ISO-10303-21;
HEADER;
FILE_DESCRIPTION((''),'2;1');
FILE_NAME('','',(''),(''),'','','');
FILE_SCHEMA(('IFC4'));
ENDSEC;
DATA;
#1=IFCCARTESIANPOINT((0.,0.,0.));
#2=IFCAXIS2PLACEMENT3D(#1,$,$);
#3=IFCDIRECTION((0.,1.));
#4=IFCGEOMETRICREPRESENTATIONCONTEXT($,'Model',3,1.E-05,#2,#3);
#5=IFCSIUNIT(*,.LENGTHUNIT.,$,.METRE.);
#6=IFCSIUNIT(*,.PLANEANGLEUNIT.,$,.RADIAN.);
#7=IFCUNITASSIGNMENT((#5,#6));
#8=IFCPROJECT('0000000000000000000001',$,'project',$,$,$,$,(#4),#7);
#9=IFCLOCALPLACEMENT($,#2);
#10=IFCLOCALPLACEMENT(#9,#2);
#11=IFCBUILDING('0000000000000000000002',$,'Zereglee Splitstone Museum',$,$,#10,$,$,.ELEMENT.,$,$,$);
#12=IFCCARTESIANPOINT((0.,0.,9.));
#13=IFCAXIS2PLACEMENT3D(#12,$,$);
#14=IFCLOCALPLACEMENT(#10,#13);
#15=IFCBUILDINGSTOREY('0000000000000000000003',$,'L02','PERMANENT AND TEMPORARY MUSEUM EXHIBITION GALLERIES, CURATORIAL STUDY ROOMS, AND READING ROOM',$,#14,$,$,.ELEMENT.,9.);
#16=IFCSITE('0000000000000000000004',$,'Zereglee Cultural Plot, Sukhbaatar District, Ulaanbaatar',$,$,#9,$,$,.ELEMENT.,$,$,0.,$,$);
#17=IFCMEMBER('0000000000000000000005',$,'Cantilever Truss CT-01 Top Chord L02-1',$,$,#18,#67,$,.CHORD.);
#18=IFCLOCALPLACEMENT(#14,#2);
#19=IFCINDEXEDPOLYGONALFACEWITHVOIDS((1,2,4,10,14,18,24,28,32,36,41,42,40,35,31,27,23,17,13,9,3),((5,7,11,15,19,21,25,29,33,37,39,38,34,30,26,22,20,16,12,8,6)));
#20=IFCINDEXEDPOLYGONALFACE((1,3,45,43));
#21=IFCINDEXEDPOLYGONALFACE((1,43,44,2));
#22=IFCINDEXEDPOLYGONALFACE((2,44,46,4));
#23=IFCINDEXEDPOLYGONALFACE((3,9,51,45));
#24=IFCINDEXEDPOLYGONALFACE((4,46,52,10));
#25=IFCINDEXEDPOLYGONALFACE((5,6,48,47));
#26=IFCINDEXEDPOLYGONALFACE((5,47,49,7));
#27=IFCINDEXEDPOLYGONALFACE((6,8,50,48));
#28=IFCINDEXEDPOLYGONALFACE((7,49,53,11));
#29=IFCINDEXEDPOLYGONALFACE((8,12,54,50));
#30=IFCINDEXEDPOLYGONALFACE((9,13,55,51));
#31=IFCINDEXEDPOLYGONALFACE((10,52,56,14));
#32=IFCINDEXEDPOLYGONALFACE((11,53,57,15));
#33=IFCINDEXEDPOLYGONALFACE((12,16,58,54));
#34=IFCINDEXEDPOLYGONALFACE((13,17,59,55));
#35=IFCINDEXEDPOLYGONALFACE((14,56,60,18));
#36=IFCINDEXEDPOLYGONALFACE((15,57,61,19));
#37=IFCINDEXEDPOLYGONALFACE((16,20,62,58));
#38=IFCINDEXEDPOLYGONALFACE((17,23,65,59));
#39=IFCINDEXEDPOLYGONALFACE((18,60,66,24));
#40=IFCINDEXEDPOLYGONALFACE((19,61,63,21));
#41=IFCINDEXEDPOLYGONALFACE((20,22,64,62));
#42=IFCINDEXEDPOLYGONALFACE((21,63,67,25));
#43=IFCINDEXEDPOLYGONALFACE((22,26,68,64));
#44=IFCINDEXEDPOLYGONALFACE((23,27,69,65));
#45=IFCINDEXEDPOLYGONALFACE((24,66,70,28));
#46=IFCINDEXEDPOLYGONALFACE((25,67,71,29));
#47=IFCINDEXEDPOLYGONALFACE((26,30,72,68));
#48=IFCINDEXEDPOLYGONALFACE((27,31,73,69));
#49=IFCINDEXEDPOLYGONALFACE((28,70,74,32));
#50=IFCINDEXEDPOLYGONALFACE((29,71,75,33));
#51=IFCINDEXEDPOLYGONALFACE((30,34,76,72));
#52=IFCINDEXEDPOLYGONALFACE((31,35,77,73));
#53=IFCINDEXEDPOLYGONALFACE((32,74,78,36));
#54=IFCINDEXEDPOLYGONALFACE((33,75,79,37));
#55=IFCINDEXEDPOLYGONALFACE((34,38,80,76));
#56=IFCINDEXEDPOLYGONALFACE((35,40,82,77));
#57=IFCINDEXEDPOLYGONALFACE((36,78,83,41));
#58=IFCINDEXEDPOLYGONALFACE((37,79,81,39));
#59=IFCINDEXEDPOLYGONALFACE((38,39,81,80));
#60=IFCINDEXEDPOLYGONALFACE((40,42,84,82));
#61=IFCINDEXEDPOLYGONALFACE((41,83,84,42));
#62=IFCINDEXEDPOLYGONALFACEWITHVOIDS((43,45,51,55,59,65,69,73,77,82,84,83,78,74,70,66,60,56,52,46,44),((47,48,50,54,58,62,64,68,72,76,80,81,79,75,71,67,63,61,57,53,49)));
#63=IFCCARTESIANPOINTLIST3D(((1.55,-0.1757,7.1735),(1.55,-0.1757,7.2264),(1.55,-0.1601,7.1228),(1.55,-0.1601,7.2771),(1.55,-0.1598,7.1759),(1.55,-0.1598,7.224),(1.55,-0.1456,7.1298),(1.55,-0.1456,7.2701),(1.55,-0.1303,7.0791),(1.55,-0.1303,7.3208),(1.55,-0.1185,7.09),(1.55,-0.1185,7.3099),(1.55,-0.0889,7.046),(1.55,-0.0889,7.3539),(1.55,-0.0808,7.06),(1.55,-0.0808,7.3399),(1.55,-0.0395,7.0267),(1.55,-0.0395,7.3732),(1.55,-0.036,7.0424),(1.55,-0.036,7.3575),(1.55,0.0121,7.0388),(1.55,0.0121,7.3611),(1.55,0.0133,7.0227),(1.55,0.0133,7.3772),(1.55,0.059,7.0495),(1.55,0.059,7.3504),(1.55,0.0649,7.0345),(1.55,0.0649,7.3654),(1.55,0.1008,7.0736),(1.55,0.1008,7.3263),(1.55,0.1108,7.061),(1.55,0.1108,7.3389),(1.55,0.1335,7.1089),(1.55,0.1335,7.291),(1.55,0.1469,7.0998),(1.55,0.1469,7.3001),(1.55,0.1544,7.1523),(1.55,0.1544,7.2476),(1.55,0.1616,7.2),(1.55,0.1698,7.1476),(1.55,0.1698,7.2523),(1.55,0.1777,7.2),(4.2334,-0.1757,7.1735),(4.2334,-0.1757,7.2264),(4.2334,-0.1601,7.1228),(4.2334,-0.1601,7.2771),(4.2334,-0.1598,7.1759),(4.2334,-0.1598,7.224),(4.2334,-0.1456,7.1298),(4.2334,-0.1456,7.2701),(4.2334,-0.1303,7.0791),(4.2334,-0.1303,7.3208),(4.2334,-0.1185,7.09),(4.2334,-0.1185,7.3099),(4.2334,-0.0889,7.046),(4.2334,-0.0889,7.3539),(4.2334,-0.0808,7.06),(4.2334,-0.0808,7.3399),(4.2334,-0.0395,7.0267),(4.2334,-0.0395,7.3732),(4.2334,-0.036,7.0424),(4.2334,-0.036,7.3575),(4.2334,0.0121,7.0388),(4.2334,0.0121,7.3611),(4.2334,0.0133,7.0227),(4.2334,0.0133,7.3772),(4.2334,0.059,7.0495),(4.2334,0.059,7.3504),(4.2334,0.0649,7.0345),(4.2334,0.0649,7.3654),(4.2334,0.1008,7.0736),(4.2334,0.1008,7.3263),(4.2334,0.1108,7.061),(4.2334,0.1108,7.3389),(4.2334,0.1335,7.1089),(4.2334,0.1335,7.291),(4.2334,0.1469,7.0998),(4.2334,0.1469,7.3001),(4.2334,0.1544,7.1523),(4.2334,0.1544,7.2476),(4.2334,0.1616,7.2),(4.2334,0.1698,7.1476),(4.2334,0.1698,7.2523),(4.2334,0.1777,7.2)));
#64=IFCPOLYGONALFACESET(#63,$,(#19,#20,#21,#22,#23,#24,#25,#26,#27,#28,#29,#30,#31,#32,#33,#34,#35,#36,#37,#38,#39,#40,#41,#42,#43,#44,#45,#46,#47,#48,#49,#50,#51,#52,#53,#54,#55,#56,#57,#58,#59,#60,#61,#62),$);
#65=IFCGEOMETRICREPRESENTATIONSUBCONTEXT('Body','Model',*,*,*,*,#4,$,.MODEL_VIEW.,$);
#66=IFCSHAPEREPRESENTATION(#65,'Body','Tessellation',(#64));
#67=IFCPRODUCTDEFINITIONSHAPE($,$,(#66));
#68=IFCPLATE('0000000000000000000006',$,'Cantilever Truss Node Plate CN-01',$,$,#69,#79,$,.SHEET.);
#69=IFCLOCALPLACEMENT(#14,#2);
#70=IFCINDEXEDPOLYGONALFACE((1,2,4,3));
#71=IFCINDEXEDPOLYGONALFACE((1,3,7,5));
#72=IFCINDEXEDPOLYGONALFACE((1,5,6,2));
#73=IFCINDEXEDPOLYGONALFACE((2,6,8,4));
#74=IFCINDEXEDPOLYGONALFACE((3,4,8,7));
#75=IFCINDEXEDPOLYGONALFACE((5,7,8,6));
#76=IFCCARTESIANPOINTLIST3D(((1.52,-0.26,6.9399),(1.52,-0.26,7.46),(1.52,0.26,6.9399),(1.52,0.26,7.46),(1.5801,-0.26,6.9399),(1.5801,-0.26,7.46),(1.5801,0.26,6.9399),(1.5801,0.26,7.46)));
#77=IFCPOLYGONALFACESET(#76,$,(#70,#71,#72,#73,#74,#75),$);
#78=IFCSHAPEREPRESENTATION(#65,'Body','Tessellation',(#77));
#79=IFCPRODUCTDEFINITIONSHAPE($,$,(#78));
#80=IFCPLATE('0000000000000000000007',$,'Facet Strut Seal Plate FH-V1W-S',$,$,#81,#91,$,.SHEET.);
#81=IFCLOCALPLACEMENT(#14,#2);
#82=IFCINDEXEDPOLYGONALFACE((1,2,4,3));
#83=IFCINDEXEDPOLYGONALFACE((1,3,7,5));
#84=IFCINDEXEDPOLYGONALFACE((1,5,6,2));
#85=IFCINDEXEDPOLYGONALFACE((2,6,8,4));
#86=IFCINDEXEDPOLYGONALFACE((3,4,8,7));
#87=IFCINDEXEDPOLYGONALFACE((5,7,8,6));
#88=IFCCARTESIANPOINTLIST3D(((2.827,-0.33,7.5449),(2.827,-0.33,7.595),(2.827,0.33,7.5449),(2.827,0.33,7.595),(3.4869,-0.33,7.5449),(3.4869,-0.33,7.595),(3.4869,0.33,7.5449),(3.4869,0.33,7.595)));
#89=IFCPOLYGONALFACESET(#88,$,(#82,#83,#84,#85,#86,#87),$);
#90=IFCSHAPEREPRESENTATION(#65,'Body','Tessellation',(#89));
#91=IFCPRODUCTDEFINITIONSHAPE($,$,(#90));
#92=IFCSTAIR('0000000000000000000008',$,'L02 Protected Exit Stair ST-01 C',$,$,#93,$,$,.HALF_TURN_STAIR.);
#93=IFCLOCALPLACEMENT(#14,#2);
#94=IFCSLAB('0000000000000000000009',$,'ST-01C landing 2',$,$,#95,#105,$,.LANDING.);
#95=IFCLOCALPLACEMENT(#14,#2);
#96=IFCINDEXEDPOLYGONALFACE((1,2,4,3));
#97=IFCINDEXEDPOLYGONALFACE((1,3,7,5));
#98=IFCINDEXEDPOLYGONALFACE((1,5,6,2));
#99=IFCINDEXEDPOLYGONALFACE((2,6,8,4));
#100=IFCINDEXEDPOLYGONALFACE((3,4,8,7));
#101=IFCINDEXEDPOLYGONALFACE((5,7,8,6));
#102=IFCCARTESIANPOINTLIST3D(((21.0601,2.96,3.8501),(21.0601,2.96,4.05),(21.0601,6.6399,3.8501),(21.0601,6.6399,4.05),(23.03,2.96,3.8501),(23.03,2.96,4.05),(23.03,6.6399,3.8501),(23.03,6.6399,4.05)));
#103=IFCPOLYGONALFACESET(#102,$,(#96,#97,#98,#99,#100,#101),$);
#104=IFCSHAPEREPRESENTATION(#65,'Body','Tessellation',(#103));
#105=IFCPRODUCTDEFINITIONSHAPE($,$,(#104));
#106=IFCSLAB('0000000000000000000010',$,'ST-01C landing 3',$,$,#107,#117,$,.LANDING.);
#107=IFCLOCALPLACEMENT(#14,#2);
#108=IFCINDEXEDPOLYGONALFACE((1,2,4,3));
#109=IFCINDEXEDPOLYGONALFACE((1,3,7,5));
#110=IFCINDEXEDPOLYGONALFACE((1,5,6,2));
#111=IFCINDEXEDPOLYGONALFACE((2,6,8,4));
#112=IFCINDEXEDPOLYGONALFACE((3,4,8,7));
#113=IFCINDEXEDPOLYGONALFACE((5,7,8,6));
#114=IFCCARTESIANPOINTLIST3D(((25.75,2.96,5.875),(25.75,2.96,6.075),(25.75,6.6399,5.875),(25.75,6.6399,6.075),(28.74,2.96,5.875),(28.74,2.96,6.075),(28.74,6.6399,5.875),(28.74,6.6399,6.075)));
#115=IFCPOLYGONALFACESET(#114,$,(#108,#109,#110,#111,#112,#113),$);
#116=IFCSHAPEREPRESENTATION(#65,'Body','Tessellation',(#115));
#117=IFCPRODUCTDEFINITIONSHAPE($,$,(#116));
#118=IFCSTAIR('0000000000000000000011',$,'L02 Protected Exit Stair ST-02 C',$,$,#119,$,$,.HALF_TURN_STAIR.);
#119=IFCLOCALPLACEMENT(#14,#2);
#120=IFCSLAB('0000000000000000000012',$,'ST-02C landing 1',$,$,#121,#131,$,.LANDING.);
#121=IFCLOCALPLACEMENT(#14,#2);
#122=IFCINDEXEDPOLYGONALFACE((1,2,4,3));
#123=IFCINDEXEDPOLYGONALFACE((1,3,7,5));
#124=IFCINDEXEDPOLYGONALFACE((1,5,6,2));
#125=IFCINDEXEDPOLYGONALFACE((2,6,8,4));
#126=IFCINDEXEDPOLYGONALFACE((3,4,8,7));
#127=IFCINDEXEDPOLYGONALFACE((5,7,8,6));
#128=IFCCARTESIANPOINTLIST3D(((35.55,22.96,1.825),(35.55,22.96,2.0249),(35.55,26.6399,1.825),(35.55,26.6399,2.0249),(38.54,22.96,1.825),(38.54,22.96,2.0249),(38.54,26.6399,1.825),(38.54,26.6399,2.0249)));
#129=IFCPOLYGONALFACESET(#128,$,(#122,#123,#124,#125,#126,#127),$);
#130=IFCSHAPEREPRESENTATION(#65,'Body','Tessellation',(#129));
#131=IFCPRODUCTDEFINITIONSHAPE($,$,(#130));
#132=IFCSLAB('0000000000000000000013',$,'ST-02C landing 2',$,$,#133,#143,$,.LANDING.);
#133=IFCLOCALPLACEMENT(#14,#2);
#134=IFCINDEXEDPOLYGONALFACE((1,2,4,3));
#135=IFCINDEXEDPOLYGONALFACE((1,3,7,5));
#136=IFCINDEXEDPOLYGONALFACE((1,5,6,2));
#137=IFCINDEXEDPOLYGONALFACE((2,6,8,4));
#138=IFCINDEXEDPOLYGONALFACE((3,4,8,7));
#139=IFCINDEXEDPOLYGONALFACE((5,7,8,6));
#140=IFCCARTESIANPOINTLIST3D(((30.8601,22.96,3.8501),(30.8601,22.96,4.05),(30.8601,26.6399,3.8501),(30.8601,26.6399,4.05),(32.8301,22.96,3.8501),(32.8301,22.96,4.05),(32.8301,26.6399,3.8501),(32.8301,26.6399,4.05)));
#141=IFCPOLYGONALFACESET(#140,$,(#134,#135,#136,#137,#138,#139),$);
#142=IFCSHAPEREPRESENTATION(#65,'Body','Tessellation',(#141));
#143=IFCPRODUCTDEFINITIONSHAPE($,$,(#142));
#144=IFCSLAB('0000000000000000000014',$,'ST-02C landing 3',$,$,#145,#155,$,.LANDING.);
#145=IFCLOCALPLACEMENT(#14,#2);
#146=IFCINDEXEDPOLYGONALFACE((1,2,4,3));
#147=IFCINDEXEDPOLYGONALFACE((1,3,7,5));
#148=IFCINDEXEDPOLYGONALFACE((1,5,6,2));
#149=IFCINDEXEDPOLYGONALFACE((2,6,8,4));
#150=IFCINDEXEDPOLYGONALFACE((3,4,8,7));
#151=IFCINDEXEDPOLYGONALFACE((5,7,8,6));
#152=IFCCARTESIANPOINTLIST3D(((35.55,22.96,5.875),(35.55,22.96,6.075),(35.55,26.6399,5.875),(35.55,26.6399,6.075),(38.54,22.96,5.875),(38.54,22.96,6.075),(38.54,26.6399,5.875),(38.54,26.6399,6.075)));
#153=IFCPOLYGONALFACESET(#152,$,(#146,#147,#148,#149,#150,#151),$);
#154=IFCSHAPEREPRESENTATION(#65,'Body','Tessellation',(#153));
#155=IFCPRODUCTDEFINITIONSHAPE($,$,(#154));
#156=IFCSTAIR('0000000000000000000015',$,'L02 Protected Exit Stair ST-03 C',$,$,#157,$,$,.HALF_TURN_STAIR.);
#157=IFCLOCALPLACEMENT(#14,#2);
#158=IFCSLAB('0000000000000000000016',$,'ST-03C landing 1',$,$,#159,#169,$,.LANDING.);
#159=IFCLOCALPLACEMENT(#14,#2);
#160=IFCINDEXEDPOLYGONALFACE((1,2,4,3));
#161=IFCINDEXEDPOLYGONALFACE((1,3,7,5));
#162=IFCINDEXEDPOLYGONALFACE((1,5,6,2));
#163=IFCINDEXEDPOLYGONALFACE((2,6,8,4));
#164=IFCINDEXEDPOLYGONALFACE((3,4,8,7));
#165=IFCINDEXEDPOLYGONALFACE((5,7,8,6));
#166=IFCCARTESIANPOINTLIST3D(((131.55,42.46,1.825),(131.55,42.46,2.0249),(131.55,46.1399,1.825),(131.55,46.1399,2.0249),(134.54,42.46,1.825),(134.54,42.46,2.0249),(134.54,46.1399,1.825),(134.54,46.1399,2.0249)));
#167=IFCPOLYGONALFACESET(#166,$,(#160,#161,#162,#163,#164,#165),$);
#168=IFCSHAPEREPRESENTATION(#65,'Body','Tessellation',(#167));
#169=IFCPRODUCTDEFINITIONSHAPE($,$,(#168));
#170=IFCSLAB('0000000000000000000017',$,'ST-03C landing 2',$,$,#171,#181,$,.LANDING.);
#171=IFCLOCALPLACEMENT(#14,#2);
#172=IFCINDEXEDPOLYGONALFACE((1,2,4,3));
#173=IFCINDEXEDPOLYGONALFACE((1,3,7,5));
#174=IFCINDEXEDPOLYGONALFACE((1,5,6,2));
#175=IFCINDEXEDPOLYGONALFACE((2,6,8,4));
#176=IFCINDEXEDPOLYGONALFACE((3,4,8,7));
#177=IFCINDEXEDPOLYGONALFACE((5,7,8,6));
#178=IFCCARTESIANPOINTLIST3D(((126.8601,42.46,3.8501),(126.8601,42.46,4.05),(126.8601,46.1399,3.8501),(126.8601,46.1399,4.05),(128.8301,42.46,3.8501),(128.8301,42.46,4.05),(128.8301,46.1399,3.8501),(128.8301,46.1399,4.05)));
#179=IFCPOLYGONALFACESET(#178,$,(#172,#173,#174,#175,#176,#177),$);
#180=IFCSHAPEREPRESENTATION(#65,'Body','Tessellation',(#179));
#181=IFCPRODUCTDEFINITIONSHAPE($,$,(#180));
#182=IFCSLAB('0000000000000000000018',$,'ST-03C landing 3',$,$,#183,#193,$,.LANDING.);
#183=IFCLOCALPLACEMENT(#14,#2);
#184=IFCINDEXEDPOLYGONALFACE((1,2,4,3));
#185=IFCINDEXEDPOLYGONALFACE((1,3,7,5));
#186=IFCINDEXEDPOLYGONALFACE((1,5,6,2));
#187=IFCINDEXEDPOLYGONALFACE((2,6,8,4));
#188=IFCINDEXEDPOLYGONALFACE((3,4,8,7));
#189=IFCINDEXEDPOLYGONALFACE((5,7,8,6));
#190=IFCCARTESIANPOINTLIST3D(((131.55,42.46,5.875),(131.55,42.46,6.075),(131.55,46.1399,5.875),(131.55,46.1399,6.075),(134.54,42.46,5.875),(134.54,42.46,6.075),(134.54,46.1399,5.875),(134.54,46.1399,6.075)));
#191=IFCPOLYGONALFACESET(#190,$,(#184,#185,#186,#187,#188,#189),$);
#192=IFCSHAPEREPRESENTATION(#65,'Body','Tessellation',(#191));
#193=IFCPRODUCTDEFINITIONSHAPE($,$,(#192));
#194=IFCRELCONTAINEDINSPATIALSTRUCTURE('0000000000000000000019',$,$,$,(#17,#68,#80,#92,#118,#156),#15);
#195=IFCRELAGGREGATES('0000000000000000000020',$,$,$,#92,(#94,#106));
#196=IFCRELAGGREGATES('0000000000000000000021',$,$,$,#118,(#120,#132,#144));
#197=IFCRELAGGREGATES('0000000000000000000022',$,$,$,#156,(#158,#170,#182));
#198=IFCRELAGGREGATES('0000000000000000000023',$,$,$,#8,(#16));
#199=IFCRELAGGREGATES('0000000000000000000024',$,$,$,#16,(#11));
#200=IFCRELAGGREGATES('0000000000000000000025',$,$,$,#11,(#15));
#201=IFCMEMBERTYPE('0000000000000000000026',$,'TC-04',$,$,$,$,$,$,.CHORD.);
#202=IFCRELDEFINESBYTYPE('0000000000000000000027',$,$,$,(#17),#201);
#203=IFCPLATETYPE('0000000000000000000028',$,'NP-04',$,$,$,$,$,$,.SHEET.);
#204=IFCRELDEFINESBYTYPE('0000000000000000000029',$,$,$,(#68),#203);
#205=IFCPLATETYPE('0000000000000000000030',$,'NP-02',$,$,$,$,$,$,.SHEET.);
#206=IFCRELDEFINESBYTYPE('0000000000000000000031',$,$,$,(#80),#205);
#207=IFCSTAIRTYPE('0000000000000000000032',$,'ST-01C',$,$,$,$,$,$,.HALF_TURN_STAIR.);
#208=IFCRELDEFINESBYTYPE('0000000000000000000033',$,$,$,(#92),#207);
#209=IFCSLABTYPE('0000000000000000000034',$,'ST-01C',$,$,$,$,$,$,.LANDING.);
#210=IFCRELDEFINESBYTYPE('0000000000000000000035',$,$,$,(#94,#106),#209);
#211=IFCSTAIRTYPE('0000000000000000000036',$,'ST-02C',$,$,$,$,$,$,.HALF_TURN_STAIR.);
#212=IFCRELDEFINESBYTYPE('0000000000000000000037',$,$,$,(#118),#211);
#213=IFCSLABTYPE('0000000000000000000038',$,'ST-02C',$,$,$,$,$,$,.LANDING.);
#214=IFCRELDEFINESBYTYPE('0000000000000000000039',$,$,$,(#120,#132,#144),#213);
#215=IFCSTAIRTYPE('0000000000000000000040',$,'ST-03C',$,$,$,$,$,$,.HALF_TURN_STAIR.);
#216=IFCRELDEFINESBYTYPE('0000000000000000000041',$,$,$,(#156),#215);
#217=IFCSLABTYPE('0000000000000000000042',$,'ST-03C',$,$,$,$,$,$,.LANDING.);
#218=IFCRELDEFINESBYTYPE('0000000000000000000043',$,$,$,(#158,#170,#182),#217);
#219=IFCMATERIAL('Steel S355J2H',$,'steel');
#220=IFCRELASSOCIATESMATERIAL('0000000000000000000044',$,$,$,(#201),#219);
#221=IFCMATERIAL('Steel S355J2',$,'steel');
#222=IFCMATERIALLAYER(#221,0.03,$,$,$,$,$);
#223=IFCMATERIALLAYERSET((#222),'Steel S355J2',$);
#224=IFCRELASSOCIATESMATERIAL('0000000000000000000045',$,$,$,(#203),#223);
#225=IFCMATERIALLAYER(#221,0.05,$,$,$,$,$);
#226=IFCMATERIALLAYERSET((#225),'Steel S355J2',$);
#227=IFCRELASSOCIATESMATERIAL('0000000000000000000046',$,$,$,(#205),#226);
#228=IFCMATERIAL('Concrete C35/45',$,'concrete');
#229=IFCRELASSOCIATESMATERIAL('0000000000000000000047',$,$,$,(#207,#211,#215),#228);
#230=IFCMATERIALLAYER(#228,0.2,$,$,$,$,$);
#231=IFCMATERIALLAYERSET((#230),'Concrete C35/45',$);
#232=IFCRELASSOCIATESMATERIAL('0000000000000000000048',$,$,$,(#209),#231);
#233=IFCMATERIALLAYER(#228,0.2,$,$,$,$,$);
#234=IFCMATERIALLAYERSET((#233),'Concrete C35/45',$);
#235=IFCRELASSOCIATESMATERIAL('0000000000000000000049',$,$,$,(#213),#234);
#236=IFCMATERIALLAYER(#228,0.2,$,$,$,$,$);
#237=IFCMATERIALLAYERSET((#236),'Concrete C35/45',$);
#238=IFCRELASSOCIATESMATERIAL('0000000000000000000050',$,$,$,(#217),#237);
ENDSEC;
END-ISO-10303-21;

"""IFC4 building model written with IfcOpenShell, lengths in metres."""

from ifc_helpers import new_model, si_unit, direction, frame, origin, origin_2d, place, context, subcontext, project, spatial, polyline, rectangle, hollow_circle, outline, extrude, material, layer, layer_set, material_profile, profile_set, type_object, element, aggregate, save


model = new_model("IFC4")

# Units and contexts
model_context = context("Model", 3, precision=1e-05, world=origin(), true_north=direction((0.0, 1.0)))
body_context = subcontext(model_context, "Body", "Model", "MODEL_VIEW")
ifc_project = project(units=[si_unit("LENGTHUNIT", "METRE"), si_unit("PLANEANGLEUNIT", "RADIAN")], contexts=[model_context])

# Site, building, storey
site_placement = place(None, origin())
site = spatial("IfcSite", under=ifc_project, at=site_placement, Name="Zereglee Cultural Plot, Sukhbaatar District, Ulaanbaatar", CompositionType="ELEMENT", RefElevation=0.0)
building_placement = place(site_placement, origin())
building = spatial("IfcBuilding", under=site, at=building_placement, Name="Zereglee Splitstone Museum", CompositionType="ELEMENT")
storey_placement = place(building_placement, frame((0.0, 0.0, 9.0)))
storey = spatial("IfcBuildingStorey", under=building, at=storey_placement, Name="L02", Description="PERMANENT AND TEMPORARY MUSEUM EXHIBITION GALLERIES, CURATORIAL STUDY ROOMS, AND READING ROOM", CompositionType="ELEMENT", Elevation=9.0)

# Member
ifc_material_1 = material(Name="Steel S355J2H", Category="steel")
ifc_material_profile = material_profile(ifc_material_1, hollow_circle(Radius=0.1777, WallThickness=0.0161, at=origin_2d()), Name="CHS 355.6x16")
ifc_profile_set = profile_set([ifc_material_profile], Name="Steel S355J2H")
member_type = type_object("IfcMemberType", Name="TC-04", PredefinedType="CHORD", material=ifc_profile_set)
member_placement = place(storey_placement, frame((1.55, 0.0, 7.2), z_axis=(1.0, 0.0, 0.0), x_axis=(0.0, 1.0, 0.0)))
element("IfcMember", 1, at=member_placement, inside=storey, type_object=member_type, Name="Cantilever Truss CT-01 Top Chord L02-1", PredefinedType="CHORD", context=body_context, shape_type="SweptSolid", body=[
    extrude(hollow_circle(Radius=0.1777, WallThickness=0.0161, at=origin_2d()), origin(), (0.0, 0.0, 1.0), 2.6833),
])

# Plates
ifc_material_2 = material(Name="Steel S355J2", Category="steel")
ifc_layer_1 = layer(ifc_material_2, 0.03)
ifc_layer_set_1 = layer_set([ifc_layer_1], Name="Steel S355J2")
plate_type_1 = type_object("IfcPlateType", Name="NP-04", PredefinedType="SHEET", material=ifc_layer_set_1)
plate_1_placement = place(storey_placement, frame((1.55, 0.0, 6.9399), z_axis=(0.0, 0.0, 1.0), x_axis=(1.0, 0.0, 0.0)))
element("IfcPlate", 2, at=plate_1_placement, inside=storey, type_object=plate_type_1, Name="Cantilever Truss Node Plate CN-01", PredefinedType="SHEET", context=body_context, shape_type="SweptSolid", body=[
    extrude(rectangle(XDim=0.0601, YDim=0.52, at=origin_2d()), origin(), (0.0, 0.0, 1.0), 0.52),
])
ifc_layer_2 = layer(ifc_material_2, 0.05)
ifc_layer_set_2 = layer_set([ifc_layer_2], Name="Steel S355J2")
plate_type_2 = type_object("IfcPlateType", Name="NP-02", PredefinedType="SHEET", material=ifc_layer_set_2)
plate_2_placement = place(storey_placement, frame((3.157, 0.0, 7.5449), z_axis=(0.0, 0.0, 1.0), x_axis=(1.0, 0.0, 0.0)))
element("IfcPlate", 3, at=plate_2_placement, inside=storey, type_object=plate_type_2, Name="Facet Strut Seal Plate FH-V1W-S", PredefinedType="SHEET", context=body_context, shape_type="SweptSolid", body=[
    extrude(rectangle(XDim=0.6599, YDim=0.6599, at=origin_2d()), origin(), (0.0, 0.0, 1.0), 0.05),
])

# Stairs, slabs
ifc_material_3 = material(Name="Concrete C35/45", Category="concrete")
stair_type_1 = type_object("IfcStairType", Name="ST-01C", PredefinedType="HALF_TURN_STAIR", material=ifc_material_3)
stair_1_placement = place(storey_placement, origin())
stair_1 = element("IfcStair", 4, at=stair_1_placement, inside=storey, type_object=stair_type_1, Name="L02 Protected Exit Stair ST-01 C", PredefinedType="HALF_TURN_STAIR")
ifc_layer_3 = layer(ifc_material_3, 0.2)
ifc_layer_set_3 = layer_set([ifc_layer_3], Name="Concrete C35/45")
slab_type_1 = type_object("IfcSlabType", Name="ST-01C", PredefinedType="LANDING", material=ifc_layer_set_3)
slab_1_placement = place(storey_placement, frame((0.0, 0.0, 3.8501)))
slab_1 = element("IfcSlab", 5, at=slab_1_placement, type_object=slab_type_1, Name="ST-01C landing 2", PredefinedType="LANDING", context=body_context, shape_type="SweptSolid", body=[
    extrude(outline(polyline([(21.0601, 2.96), (23.03, 2.96), (23.03, 6.6399), (21.0601, 6.6399), (21.0601, 2.96)])), origin(), (0.0, 0.0, 1.0), 0.2),
])
slab_2_placement = place(storey_placement, frame((0.0, 0.0, 5.875)))
slab_2 = element("IfcSlab", 6, at=slab_2_placement, type_object=slab_type_1, Name="ST-01C landing 3", PredefinedType="LANDING", context=body_context, shape_type="SweptSolid", body=[
    extrude(outline(polyline([(25.75, 2.96), (28.74, 2.96), (28.74, 6.6399), (25.75, 6.6399), (25.75, 2.96)])), origin(), (0.0, 0.0, 1.0), 0.2),
])
aggregate(stair_1, [slab_1, slab_2])
stair_type_2 = type_object("IfcStairType", Name="ST-02C", PredefinedType="HALF_TURN_STAIR", material=ifc_material_3)
stair_2_placement = place(storey_placement, origin())
stair_2 = element("IfcStair", 7, at=stair_2_placement, inside=storey, type_object=stair_type_2, Name="L02 Protected Exit Stair ST-02 C", PredefinedType="HALF_TURN_STAIR")
ifc_layer_4 = layer(ifc_material_3, 0.2)
ifc_layer_set_4 = layer_set([ifc_layer_4], Name="Concrete C35/45")
slab_type_2 = type_object("IfcSlabType", Name="ST-02C", PredefinedType="LANDING", material=ifc_layer_set_4)
slab_3_placement = place(storey_placement, frame((0.0, 0.0, 1.825)))
slab_3 = element("IfcSlab", 8, at=slab_3_placement, type_object=slab_type_2, Name="ST-02C landing 1", PredefinedType="LANDING", context=body_context, shape_type="SweptSolid", body=[
    extrude(outline(polyline([(35.55, 22.96), (38.54, 22.96), (38.54, 26.6399), (35.55, 26.6399), (35.55, 22.96)])), origin(), (0.0, 0.0, 1.0), 0.2),
])
slab_4_placement = place(storey_placement, frame((0.0, 0.0, 3.8501)))
slab_4 = element("IfcSlab", 9, at=slab_4_placement, type_object=slab_type_2, Name="ST-02C landing 2", PredefinedType="LANDING", context=body_context, shape_type="SweptSolid", body=[
    extrude(outline(polyline([(30.8601, 22.96), (32.8301, 22.96), (32.8301, 26.6399), (30.8601, 26.6399), (30.8601, 22.96)])), origin(), (0.0, 0.0, 1.0), 0.2),
])
slab_5_placement = place(storey_placement, frame((0.0, 0.0, 5.875)))
slab_5 = element("IfcSlab", 10, at=slab_5_placement, type_object=slab_type_2, Name="ST-02C landing 3", PredefinedType="LANDING", context=body_context, shape_type="SweptSolid", body=[
    extrude(outline(polyline([(35.55, 22.96), (38.54, 22.96), (38.54, 26.6399), (35.55, 26.6399), (35.55, 22.96)])), origin(), (0.0, 0.0, 1.0), 0.2),
])
aggregate(stair_2, [slab_3, slab_4, slab_5])
stair_type_3 = type_object("IfcStairType", Name="ST-03C", PredefinedType="HALF_TURN_STAIR", material=ifc_material_3)
stair_3_placement = place(storey_placement, origin())
stair_3 = element("IfcStair", 11, at=stair_3_placement, inside=storey, type_object=stair_type_3, Name="L02 Protected Exit Stair ST-03 C", PredefinedType="HALF_TURN_STAIR")
ifc_layer_5 = layer(ifc_material_3, 0.2)
ifc_layer_set_5 = layer_set([ifc_layer_5], Name="Concrete C35/45")
slab_type_3 = type_object("IfcSlabType", Name="ST-03C", PredefinedType="LANDING", material=ifc_layer_set_5)
slab_6_placement = place(storey_placement, frame((0.0, 0.0, 1.825)))
slab_6 = element("IfcSlab", 12, at=slab_6_placement, type_object=slab_type_3, Name="ST-03C landing 1", PredefinedType="LANDING", context=body_context, shape_type="SweptSolid", body=[
    extrude(outline(polyline([(131.55, 42.46), (134.54, 42.46), (134.54, 46.1399), (131.55, 46.1399), (131.55, 42.46)])), origin(), (0.0, 0.0, 1.0), 0.2),
])
slab_7_placement = place(storey_placement, frame((0.0, 0.0, 3.8501)))
slab_7 = element("IfcSlab", 13, at=slab_7_placement, type_object=slab_type_3, Name="ST-03C landing 2", PredefinedType="LANDING", context=body_context, shape_type="SweptSolid", body=[
    extrude(outline(polyline([(126.8601, 42.46), (128.8301, 42.46), (128.8301, 46.1399), (126.8601, 46.1399), (126.8601, 42.46)])), origin(), (0.0, 0.0, 1.0), 0.2),
])
slab_8_placement = place(storey_placement, frame((0.0, 0.0, 5.875)))
slab_8 = element("IfcSlab", 14, at=slab_8_placement, type_object=slab_type_3, Name="ST-03C landing 3", PredefinedType="LANDING", context=body_context, shape_type="SweptSolid", body=[
    extrude(outline(polyline([(131.55, 42.46), (134.54, 42.46), (134.54, 46.1399), (131.55, 46.1399), (131.55, 42.46)])), origin(), (0.0, 0.0, 1.0), 0.2),
])
aggregate(stair_3, [slab_6, slab_7, slab_8])

save(model, "model.ifc")
